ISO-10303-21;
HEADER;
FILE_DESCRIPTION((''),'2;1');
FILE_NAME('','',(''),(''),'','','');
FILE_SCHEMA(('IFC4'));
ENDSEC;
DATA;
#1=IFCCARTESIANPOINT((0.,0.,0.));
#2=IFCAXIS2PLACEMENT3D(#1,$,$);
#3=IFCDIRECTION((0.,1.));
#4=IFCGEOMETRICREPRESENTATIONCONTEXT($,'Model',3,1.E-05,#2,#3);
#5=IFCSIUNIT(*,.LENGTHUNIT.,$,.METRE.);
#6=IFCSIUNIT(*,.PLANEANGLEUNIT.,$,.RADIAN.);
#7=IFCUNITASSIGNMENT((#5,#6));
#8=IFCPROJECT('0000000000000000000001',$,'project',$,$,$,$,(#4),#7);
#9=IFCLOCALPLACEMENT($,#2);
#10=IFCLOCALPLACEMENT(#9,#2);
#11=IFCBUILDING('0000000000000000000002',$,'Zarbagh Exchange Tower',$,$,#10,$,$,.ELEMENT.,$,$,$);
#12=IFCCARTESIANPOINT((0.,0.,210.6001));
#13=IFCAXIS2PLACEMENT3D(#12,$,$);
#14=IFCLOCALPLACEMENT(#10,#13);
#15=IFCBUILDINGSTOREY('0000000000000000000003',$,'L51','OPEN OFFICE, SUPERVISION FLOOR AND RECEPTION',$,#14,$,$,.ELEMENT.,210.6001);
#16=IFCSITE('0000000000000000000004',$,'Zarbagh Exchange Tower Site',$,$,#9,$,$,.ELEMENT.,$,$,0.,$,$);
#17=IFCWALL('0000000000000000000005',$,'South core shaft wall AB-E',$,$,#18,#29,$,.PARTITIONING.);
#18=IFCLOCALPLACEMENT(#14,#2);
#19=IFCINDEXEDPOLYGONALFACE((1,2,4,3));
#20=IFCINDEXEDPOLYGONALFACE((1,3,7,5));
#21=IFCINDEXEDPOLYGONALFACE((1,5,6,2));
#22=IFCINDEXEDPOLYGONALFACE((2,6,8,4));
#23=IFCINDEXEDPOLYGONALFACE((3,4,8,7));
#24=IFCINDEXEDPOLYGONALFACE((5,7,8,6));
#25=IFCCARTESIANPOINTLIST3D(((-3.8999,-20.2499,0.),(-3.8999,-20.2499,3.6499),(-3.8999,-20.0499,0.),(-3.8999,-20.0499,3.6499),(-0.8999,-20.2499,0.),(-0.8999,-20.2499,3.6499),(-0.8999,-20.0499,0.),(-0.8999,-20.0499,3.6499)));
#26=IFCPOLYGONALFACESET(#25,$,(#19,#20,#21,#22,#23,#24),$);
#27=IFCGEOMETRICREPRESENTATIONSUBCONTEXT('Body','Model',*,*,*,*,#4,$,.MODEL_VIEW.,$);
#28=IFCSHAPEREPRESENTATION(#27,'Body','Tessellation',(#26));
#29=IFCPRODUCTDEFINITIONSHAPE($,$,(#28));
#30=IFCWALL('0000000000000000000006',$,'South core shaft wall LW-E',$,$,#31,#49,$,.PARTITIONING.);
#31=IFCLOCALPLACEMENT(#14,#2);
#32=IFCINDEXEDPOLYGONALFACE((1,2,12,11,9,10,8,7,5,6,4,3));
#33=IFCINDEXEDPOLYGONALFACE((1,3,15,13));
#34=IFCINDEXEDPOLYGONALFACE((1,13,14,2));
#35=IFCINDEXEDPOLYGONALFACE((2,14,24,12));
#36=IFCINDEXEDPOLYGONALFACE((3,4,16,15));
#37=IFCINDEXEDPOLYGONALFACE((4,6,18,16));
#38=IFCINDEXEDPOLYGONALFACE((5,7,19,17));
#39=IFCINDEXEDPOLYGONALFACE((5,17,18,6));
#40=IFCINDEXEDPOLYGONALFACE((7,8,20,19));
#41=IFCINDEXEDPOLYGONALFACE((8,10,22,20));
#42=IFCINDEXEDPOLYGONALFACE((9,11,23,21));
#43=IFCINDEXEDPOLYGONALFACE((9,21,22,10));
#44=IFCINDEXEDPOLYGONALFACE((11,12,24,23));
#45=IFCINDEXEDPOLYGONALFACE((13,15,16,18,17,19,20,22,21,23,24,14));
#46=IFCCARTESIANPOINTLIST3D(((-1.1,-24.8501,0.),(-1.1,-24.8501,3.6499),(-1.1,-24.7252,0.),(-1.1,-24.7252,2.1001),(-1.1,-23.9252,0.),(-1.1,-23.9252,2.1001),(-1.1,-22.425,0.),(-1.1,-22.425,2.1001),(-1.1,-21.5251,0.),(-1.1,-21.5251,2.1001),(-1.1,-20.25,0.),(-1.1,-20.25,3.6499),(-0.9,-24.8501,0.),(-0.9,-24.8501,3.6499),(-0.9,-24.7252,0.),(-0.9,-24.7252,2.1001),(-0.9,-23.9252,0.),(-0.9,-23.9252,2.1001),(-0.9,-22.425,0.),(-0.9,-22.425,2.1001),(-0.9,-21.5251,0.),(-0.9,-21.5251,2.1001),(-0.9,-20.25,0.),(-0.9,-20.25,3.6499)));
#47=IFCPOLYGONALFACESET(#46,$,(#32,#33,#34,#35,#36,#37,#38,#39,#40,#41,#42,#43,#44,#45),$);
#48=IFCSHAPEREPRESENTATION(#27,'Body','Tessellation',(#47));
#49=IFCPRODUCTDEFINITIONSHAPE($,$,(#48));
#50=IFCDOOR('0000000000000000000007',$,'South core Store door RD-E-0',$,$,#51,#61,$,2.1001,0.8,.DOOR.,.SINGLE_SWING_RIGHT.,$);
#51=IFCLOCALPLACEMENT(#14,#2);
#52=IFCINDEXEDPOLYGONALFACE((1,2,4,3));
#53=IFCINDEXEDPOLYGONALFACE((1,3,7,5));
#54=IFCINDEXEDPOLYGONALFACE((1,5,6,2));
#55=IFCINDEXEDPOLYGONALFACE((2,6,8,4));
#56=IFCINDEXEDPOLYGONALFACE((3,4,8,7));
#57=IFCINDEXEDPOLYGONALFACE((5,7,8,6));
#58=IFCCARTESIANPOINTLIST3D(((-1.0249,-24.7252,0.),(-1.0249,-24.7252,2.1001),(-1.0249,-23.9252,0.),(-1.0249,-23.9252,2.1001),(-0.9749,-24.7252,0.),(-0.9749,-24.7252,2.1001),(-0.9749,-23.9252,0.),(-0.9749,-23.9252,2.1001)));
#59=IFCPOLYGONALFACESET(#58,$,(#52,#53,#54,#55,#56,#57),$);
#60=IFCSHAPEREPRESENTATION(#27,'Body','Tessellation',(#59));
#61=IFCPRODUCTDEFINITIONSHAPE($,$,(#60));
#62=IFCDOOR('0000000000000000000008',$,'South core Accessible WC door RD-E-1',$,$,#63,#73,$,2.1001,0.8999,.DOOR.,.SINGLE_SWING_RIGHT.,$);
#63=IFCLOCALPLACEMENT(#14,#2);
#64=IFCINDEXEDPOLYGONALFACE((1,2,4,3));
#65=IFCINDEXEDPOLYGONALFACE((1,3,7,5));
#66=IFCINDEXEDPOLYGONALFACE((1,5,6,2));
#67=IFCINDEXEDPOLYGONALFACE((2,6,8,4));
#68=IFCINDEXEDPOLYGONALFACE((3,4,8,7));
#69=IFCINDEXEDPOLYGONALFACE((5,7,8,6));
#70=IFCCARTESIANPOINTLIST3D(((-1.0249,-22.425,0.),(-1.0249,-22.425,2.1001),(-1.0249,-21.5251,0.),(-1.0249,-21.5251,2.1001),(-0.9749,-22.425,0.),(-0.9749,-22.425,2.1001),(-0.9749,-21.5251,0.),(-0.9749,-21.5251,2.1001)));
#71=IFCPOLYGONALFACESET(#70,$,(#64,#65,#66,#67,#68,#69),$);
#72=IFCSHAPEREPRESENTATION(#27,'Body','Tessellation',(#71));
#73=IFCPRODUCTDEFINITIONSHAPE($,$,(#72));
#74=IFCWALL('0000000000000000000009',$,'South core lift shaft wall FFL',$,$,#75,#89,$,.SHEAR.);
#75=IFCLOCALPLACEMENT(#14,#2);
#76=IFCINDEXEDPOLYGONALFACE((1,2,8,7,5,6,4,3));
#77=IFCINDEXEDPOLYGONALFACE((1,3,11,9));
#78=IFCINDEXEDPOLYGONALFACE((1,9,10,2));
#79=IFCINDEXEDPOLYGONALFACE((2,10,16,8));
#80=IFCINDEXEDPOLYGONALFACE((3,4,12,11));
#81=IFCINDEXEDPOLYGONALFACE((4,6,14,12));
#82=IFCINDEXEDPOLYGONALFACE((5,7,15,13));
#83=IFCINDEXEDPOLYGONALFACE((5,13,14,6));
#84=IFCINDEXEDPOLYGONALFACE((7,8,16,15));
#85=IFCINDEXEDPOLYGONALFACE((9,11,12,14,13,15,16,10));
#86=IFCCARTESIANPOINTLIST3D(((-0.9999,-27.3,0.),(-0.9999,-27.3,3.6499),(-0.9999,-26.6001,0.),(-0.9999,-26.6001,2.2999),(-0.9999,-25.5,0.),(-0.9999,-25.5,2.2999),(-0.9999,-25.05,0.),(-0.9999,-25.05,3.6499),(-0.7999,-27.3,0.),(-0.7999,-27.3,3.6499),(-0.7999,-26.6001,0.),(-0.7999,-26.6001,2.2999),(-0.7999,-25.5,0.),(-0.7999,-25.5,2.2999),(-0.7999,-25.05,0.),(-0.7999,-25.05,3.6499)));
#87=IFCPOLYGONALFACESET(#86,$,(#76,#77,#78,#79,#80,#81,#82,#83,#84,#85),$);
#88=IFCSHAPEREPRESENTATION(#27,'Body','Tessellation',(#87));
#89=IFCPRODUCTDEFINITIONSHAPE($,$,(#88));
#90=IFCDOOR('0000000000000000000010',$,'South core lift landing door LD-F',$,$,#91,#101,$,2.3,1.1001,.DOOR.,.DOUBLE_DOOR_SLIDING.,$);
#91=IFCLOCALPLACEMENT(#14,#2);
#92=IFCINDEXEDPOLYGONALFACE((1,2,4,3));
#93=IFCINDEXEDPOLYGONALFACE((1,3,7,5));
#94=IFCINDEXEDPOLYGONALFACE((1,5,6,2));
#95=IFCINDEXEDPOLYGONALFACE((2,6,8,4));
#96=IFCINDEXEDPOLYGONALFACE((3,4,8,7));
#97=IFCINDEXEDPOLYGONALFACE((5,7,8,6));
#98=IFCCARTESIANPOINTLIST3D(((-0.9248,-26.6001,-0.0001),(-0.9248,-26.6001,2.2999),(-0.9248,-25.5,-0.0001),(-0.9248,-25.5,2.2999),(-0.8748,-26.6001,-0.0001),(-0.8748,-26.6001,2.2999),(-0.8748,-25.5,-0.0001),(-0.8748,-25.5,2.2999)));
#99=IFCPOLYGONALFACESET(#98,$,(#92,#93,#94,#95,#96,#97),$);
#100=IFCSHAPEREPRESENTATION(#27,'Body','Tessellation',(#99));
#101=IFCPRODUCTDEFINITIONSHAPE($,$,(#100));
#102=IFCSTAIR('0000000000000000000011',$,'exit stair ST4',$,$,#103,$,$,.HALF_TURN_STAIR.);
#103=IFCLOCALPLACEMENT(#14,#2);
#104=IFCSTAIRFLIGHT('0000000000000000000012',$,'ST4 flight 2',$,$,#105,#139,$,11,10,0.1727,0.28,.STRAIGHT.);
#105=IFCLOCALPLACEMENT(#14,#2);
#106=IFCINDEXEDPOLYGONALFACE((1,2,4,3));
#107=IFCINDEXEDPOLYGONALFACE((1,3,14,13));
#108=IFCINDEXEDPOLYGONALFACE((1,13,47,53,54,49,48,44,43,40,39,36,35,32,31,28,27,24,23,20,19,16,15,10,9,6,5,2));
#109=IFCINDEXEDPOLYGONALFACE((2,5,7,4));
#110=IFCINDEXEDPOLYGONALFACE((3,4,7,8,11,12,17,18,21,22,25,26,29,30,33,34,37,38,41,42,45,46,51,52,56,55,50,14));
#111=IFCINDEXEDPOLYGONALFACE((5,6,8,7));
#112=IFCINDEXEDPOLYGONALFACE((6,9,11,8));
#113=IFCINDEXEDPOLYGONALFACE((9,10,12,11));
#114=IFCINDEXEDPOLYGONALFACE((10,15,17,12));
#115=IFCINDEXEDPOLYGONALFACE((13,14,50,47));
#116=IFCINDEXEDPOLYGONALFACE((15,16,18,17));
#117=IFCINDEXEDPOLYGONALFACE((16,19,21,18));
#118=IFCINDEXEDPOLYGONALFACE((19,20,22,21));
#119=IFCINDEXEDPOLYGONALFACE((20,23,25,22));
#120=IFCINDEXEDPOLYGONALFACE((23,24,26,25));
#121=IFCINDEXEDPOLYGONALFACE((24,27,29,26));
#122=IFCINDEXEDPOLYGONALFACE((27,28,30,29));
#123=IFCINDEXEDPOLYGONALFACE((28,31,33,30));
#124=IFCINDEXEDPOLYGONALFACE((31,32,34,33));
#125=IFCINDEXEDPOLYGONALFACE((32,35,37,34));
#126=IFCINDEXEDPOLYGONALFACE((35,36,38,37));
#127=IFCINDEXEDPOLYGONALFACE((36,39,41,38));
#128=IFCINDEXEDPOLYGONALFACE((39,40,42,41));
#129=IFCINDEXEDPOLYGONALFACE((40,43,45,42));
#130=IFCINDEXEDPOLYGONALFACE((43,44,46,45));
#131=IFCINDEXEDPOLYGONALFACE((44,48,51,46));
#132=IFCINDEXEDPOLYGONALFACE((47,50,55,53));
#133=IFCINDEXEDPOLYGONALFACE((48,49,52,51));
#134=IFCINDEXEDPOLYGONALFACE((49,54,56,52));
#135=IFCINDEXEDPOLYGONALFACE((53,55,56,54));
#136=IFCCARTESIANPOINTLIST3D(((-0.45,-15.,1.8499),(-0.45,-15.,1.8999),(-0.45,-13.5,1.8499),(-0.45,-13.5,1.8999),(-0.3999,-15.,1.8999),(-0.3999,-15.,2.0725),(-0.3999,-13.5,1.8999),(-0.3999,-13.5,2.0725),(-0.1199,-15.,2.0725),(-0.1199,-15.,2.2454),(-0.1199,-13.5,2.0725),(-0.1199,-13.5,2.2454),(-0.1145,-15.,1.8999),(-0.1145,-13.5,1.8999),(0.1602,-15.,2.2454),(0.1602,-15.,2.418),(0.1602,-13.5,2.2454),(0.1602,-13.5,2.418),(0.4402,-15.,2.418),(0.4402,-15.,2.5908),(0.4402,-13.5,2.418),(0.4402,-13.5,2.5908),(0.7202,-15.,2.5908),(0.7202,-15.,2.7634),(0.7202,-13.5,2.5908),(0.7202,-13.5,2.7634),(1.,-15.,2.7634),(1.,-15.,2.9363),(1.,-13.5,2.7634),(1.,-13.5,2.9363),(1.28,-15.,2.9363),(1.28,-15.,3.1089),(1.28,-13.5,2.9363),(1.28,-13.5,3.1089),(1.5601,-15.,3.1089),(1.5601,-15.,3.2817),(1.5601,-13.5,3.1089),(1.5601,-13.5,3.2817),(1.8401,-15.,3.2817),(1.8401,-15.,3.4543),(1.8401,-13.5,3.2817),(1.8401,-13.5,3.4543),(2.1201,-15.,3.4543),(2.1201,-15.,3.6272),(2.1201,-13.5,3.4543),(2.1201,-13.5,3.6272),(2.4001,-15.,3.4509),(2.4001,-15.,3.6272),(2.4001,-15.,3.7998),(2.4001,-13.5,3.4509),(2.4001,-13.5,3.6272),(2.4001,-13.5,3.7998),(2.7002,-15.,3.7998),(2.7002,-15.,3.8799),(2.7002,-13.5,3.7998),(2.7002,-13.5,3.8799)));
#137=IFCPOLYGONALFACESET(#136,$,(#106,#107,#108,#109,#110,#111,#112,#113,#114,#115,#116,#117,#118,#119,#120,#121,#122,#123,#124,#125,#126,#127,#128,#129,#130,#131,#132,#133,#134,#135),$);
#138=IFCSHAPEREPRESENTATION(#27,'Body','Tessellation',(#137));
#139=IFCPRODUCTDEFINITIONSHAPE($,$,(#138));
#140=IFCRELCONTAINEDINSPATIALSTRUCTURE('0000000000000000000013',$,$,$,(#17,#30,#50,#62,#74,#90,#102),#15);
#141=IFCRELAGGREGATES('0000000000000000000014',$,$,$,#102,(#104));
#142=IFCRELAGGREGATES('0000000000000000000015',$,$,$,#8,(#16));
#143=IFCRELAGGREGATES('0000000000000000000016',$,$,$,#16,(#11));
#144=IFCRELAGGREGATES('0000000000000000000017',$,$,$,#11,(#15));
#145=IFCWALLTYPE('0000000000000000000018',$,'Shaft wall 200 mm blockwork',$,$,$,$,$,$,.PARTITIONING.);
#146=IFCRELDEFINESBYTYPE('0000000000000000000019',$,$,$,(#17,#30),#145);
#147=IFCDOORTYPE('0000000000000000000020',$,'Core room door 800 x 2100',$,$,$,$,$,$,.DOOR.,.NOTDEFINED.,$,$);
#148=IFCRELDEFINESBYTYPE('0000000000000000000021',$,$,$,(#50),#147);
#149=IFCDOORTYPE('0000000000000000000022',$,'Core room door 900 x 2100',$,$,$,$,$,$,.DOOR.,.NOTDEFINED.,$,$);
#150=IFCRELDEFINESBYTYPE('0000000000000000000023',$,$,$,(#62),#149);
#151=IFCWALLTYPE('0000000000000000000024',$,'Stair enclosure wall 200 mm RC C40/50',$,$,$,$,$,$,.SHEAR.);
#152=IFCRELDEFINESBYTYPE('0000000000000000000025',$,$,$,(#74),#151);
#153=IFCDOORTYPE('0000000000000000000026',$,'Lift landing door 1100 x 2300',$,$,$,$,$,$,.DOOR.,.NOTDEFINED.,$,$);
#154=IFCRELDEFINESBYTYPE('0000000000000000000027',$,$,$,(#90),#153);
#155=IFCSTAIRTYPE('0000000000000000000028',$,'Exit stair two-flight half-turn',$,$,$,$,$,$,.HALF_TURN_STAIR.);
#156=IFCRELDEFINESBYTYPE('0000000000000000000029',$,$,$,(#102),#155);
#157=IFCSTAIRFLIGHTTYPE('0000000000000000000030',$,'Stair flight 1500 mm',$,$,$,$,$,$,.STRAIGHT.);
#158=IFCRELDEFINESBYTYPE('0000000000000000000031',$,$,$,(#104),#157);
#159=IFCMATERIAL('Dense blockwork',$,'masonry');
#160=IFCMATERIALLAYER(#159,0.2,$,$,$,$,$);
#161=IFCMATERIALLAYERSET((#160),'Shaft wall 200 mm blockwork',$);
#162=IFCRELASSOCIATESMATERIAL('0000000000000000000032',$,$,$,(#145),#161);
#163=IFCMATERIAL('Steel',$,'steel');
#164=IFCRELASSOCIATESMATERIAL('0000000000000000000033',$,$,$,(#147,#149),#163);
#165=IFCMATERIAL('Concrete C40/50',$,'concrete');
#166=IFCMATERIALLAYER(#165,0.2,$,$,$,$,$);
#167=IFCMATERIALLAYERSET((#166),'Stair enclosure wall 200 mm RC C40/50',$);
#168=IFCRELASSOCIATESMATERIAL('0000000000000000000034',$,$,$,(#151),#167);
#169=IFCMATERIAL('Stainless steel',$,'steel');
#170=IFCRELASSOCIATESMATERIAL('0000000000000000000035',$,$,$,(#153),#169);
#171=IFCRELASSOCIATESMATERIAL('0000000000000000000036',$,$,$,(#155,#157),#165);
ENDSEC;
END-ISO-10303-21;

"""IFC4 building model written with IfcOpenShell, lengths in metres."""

from ifc_helpers import new_model, si_unit, direction, frame, frame_2d, origin, place, context, subcontext, project, spatial, polyline, rectangle, outline, extrude, material, layer, layer_set, type_object, element, fill, aggregate, save


model = new_model("IFC4")

# Units and contexts
model_context = context("Model", 3, precision=1e-05, world=origin(), true_north=direction((0.0, 1.0)))
body_context = subcontext(model_context, "Body", "Model", "MODEL_VIEW")
ifc_project = project(units=[si_unit("LENGTHUNIT", "METRE"), si_unit("PLANEANGLEUNIT", "RADIAN")], contexts=[model_context])

# Site, building, storey
site_placement = place(None, origin())
site = spatial("IfcSite", under=ifc_project, at=site_placement, Name="Zarbagh Exchange Tower Site", CompositionType="ELEMENT", RefElevation=0.0)
building_placement = place(site_placement, origin())
building = spatial("IfcBuilding", under=site, at=building_placement, Name="Zarbagh Exchange Tower", CompositionType="ELEMENT")
storey_placement = place(building_placement, frame((0.0, 0.0, 210.6001)))
storey = spatial("IfcBuildingStorey", under=building, at=storey_placement, Name="L51", Description="OPEN OFFICE, SUPERVISION FLOOR AND RECEPTION", CompositionType="ELEMENT", Elevation=210.6001)

# Shared definitions
ifc_material_1 = material(Name="Concrete C40/50", Category="concrete")

# Shared definitions
ifc_material_2 = material(Name="Dense blockwork", Category="masonry")

# Wall
ifc_layer_1 = layer(ifc_material_2, 0.2)
ifc_layer_set_1 = layer_set([ifc_layer_1], Name="Shaft wall 200 mm blockwork")
wall_type_1 = type_object("IfcWallType", Name="Shaft wall 200 mm blockwork", PredefinedType="PARTITIONING", material=ifc_layer_set_1)
wall_1_placement = place(storey_placement, frame((-0.8999, -20.1499, 0.0), z_axis=(0.0, 0.0, 1.0), x_axis=(-1.0, 0.0, 0.0)))
element("IfcWall", 1, at=wall_1_placement, inside=storey, type_object=wall_type_1, Name="South core shaft wall AB-E", PredefinedType="PARTITIONING", context=body_context, shape_type="SweptSolid", body=[
    extrude(rectangle(XDim=3.0, YDim=0.2, at=frame_2d((1.5, 0.0))), origin(), (0.0, 0.0, 1.0), 3.6499),
])

# Wall, openings, doors
wall_2_placement = place(storey_placement, frame((-1.0, -24.8501, 0.0), z_axis=(0.0, 0.0, 1.0), x_axis=(0.0, 1.0, 0.0)))
wall_2 = element("IfcWall", 2, at=wall_2_placement, inside=storey, type_object=wall_type_1, Name="South core shaft wall LW-E", PredefinedType="PARTITIONING", context=body_context, shape_type="SweptSolid", body=[
    extrude(rectangle(XDim=4.6001, YDim=0.2, at=frame_2d((2.3, 0.0))), origin(), (0.0, 0.0, 1.0), 3.6499),
])
opening_1_placement = place(wall_2_placement, frame((0.125, 0.0, 0.0)))
opening_1 = element("IfcOpeningElement", 3, at=opening_1_placement, cuts=wall_2, PredefinedType="OPENING", context=body_context, shape_type="SweptSolid", body=[
    extrude(rectangle(XDim=0.8, YDim=2.1001, at=frame_2d((0.3999, 1.05))), frame((0.0, 0.1099, 0.0), z_axis=(0.0, -1.0, 0.0), x_axis=(1.0, 0.0, 0.0)), (0.0, 0.0, 1.0), 0.22),
])
opening_2_placement = place(wall_2_placement, frame((2.425, 0.0, 0.0)))
opening_2 = element("IfcOpeningElement", 4, at=opening_2_placement, cuts=wall_2, PredefinedType="OPENING", context=body_context, shape_type="SweptSolid", body=[
    extrude(rectangle(XDim=0.8999, YDim=2.1001, at=frame_2d((0.45, 1.05))), frame((0.0, 0.1099, 0.0), z_axis=(0.0, -1.0, 0.0), x_axis=(1.0, 0.0, 0.0)), (0.0, 0.0, 1.0), 0.22),
])
ifc_material_3 = material(Name="Steel", Category="steel")
door_type_1 = type_object("IfcDoorType", Name="Core room door 800 x 2100", OperationType="NOTDEFINED", PredefinedType="DOOR", material=ifc_material_3)
door_1_placement = place(opening_1_placement, origin())
door_1 = element("IfcDoor", 5, at=door_1_placement, inside=storey, type_object=door_type_1, Name="South core Store door RD-E-0", OperationType="SINGLE_SWING_RIGHT", OverallHeight=2.1001, OverallWidth=0.8, PredefinedType="DOOR", context=body_context, shape_type="SweptSolid", body=[
    extrude(rectangle(XDim=0.8, YDim=2.1001, at=frame_2d((0.3999, 1.05))), frame((0.0, 0.0249, 0.0), z_axis=(0.0, -1.0, 0.0), x_axis=(1.0, 0.0, 0.0)), (0.0, 0.0, 1.0), 0.05),
])
fill(opening_1, door_1)
door_type_2 = type_object("IfcDoorType", Name="Core room door 900 x 2100", OperationType="NOTDEFINED", PredefinedType="DOOR", material=ifc_material_3)
door_2_placement = place(opening_2_placement, origin())
door_2 = element("IfcDoor", 6, at=door_2_placement, inside=storey, type_object=door_type_2, Name="South core Accessible WC door RD-E-1", OperationType="SINGLE_SWING_RIGHT", OverallHeight=2.1001, OverallWidth=0.8999, PredefinedType="DOOR", context=body_context, shape_type="SweptSolid", body=[
    extrude(rectangle(XDim=0.8999, YDim=2.1001, at=frame_2d((0.45, 1.05))), frame((0.0, 0.0249, 0.0), z_axis=(0.0, -1.0, 0.0), x_axis=(1.0, 0.0, 0.0)), (0.0, 0.0, 1.0), 0.05),
])
fill(opening_2, door_2)

# Wall, opening, door
ifc_layer_2 = layer(ifc_material_1, 0.2)
ifc_layer_set_2 = layer_set([ifc_layer_2], Name="Stair enclosure wall 200 mm RC C40/50")
wall_type_2 = type_object("IfcWallType", Name="Stair enclosure wall 200 mm RC C40/50", PredefinedType="SHEAR", material=ifc_layer_set_2)
wall_3_placement = place(storey_placement, frame((-0.8999, -27.3, 0.0), z_axis=(0.0, 0.0, 1.0), x_axis=(0.0, 1.0, 0.0)))
wall_3 = element("IfcWall", 7, at=wall_3_placement, inside=storey, type_object=wall_type_2, Name="South core lift shaft wall FFL", PredefinedType="SHEAR", context=body_context, shape_type="SweptSolid", body=[
    extrude(rectangle(XDim=2.25, YDim=0.2, at=frame_2d((1.125, 0.0))), origin(), (0.0, 0.0, 1.0), 3.6499),
])
opening_3_placement = place(wall_3_placement, frame((0.7, 0.0, 0.0)))
opening_3 = element("IfcOpeningElement", 8, at=opening_3_placement, cuts=wall_3, PredefinedType="OPENING", context=body_context, shape_type="SweptSolid", body=[
    extrude(rectangle(XDim=1.1001, YDim=2.3, at=frame_2d((0.55, 1.1499))), frame((0.0, 0.1099, 0.0), z_axis=(0.0, -1.0, 0.0), x_axis=(1.0, 0.0, 0.0)), (0.0, 0.0, 1.0), 0.22),
])
ifc_material_4 = material(Name="Stainless steel", Category="steel")
door_type_3 = type_object("IfcDoorType", Name="Lift landing door 1100 x 2300", OperationType="NOTDEFINED", PredefinedType="DOOR", material=ifc_material_4)
door_3_placement = place(opening_3_placement, origin())
door_3 = element("IfcDoor", 9, at=door_3_placement, inside=storey, type_object=door_type_3, Name="South core lift landing door LD-F", OperationType="DOUBLE_DOOR_SLIDING", OverallHeight=2.3, OverallWidth=1.1001, PredefinedType="DOOR", context=body_context, shape_type="SweptSolid", body=[
    extrude(rectangle(XDim=1.1001, YDim=2.3, at=frame_2d((0.55, 1.1499))), frame((0.0, 0.0249, 0.0), z_axis=(0.0, -1.0, 0.0), x_axis=(1.0, 0.0, 0.0)), (0.0, 0.0, 1.0), 0.05),
])
fill(opening_3, door_3)

# Stair, stair flight
stair_type = type_object("IfcStairType", Name="Exit stair two-flight half-turn", PredefinedType="HALF_TURN_STAIR", material=ifc_material_1)
stair_placement = place(storey_placement, origin())
stair = element("IfcStair", 10, at=stair_placement, inside=storey, type_object=stair_type, Name="exit stair ST4", PredefinedType="HALF_TURN_STAIR")
stair_flight_type = type_object("IfcStairFlightType", Name="Stair flight 1500 mm", PredefinedType="STRAIGHT", material=ifc_material_1)
stair_flight_placement = place(storey_placement, frame((-0.3999, -14.25, 1.8999), z_axis=(0.0, 0.0, 1.0), x_axis=(1.0, 0.0, 0.0)))
stair_flight = element("IfcStairFlight", 11, at=stair_flight_placement, type_object=stair_flight_type, Name="ST4 flight 2", NumberOfRisers=11, NumberOfTreads=10, PredefinedType="STRAIGHT", RiserHeight=0.1727, TreadLength=0.28, context=body_context, shape_type="SweptSolid", body=[
    extrude(outline(polyline([(-0.05, -0.05), (-0.05, 0.0), (0.0, 0.0), (0.0, 0.1726), (0.28, 0.1726), (0.28, 0.3455), (0.5601, 0.3455), (0.5601, 0.5181), (0.8401, 0.5181), (0.8401, 0.6909), (1.1201, 0.6909), (1.1201, 0.8635), (1.3999, 0.8635), (1.3999, 1.0364), (1.6799, 1.0364), (1.6799, 1.209), (1.96, 1.209), (1.96, 1.3818), (2.24, 1.3818), (2.24, 1.5544), (2.52, 1.5544), (2.52, 1.7273), (2.8, 1.7273), (2.8, 1.8999), (3.1001, 1.98), (3.1001, 1.8999), (2.8, 1.551), (0.2854, 0.0), (-0.05, -0.05)])), frame((0.0, 0.75, 0.0), z_axis=(0.0, -1.0, 0.0), x_axis=(1.0, 0.0, 0.0)), (0.0, 0.0, 1.0), 1.5),
])
aggregate(stair, [stair_flight])

save(model, "model.ifc")
